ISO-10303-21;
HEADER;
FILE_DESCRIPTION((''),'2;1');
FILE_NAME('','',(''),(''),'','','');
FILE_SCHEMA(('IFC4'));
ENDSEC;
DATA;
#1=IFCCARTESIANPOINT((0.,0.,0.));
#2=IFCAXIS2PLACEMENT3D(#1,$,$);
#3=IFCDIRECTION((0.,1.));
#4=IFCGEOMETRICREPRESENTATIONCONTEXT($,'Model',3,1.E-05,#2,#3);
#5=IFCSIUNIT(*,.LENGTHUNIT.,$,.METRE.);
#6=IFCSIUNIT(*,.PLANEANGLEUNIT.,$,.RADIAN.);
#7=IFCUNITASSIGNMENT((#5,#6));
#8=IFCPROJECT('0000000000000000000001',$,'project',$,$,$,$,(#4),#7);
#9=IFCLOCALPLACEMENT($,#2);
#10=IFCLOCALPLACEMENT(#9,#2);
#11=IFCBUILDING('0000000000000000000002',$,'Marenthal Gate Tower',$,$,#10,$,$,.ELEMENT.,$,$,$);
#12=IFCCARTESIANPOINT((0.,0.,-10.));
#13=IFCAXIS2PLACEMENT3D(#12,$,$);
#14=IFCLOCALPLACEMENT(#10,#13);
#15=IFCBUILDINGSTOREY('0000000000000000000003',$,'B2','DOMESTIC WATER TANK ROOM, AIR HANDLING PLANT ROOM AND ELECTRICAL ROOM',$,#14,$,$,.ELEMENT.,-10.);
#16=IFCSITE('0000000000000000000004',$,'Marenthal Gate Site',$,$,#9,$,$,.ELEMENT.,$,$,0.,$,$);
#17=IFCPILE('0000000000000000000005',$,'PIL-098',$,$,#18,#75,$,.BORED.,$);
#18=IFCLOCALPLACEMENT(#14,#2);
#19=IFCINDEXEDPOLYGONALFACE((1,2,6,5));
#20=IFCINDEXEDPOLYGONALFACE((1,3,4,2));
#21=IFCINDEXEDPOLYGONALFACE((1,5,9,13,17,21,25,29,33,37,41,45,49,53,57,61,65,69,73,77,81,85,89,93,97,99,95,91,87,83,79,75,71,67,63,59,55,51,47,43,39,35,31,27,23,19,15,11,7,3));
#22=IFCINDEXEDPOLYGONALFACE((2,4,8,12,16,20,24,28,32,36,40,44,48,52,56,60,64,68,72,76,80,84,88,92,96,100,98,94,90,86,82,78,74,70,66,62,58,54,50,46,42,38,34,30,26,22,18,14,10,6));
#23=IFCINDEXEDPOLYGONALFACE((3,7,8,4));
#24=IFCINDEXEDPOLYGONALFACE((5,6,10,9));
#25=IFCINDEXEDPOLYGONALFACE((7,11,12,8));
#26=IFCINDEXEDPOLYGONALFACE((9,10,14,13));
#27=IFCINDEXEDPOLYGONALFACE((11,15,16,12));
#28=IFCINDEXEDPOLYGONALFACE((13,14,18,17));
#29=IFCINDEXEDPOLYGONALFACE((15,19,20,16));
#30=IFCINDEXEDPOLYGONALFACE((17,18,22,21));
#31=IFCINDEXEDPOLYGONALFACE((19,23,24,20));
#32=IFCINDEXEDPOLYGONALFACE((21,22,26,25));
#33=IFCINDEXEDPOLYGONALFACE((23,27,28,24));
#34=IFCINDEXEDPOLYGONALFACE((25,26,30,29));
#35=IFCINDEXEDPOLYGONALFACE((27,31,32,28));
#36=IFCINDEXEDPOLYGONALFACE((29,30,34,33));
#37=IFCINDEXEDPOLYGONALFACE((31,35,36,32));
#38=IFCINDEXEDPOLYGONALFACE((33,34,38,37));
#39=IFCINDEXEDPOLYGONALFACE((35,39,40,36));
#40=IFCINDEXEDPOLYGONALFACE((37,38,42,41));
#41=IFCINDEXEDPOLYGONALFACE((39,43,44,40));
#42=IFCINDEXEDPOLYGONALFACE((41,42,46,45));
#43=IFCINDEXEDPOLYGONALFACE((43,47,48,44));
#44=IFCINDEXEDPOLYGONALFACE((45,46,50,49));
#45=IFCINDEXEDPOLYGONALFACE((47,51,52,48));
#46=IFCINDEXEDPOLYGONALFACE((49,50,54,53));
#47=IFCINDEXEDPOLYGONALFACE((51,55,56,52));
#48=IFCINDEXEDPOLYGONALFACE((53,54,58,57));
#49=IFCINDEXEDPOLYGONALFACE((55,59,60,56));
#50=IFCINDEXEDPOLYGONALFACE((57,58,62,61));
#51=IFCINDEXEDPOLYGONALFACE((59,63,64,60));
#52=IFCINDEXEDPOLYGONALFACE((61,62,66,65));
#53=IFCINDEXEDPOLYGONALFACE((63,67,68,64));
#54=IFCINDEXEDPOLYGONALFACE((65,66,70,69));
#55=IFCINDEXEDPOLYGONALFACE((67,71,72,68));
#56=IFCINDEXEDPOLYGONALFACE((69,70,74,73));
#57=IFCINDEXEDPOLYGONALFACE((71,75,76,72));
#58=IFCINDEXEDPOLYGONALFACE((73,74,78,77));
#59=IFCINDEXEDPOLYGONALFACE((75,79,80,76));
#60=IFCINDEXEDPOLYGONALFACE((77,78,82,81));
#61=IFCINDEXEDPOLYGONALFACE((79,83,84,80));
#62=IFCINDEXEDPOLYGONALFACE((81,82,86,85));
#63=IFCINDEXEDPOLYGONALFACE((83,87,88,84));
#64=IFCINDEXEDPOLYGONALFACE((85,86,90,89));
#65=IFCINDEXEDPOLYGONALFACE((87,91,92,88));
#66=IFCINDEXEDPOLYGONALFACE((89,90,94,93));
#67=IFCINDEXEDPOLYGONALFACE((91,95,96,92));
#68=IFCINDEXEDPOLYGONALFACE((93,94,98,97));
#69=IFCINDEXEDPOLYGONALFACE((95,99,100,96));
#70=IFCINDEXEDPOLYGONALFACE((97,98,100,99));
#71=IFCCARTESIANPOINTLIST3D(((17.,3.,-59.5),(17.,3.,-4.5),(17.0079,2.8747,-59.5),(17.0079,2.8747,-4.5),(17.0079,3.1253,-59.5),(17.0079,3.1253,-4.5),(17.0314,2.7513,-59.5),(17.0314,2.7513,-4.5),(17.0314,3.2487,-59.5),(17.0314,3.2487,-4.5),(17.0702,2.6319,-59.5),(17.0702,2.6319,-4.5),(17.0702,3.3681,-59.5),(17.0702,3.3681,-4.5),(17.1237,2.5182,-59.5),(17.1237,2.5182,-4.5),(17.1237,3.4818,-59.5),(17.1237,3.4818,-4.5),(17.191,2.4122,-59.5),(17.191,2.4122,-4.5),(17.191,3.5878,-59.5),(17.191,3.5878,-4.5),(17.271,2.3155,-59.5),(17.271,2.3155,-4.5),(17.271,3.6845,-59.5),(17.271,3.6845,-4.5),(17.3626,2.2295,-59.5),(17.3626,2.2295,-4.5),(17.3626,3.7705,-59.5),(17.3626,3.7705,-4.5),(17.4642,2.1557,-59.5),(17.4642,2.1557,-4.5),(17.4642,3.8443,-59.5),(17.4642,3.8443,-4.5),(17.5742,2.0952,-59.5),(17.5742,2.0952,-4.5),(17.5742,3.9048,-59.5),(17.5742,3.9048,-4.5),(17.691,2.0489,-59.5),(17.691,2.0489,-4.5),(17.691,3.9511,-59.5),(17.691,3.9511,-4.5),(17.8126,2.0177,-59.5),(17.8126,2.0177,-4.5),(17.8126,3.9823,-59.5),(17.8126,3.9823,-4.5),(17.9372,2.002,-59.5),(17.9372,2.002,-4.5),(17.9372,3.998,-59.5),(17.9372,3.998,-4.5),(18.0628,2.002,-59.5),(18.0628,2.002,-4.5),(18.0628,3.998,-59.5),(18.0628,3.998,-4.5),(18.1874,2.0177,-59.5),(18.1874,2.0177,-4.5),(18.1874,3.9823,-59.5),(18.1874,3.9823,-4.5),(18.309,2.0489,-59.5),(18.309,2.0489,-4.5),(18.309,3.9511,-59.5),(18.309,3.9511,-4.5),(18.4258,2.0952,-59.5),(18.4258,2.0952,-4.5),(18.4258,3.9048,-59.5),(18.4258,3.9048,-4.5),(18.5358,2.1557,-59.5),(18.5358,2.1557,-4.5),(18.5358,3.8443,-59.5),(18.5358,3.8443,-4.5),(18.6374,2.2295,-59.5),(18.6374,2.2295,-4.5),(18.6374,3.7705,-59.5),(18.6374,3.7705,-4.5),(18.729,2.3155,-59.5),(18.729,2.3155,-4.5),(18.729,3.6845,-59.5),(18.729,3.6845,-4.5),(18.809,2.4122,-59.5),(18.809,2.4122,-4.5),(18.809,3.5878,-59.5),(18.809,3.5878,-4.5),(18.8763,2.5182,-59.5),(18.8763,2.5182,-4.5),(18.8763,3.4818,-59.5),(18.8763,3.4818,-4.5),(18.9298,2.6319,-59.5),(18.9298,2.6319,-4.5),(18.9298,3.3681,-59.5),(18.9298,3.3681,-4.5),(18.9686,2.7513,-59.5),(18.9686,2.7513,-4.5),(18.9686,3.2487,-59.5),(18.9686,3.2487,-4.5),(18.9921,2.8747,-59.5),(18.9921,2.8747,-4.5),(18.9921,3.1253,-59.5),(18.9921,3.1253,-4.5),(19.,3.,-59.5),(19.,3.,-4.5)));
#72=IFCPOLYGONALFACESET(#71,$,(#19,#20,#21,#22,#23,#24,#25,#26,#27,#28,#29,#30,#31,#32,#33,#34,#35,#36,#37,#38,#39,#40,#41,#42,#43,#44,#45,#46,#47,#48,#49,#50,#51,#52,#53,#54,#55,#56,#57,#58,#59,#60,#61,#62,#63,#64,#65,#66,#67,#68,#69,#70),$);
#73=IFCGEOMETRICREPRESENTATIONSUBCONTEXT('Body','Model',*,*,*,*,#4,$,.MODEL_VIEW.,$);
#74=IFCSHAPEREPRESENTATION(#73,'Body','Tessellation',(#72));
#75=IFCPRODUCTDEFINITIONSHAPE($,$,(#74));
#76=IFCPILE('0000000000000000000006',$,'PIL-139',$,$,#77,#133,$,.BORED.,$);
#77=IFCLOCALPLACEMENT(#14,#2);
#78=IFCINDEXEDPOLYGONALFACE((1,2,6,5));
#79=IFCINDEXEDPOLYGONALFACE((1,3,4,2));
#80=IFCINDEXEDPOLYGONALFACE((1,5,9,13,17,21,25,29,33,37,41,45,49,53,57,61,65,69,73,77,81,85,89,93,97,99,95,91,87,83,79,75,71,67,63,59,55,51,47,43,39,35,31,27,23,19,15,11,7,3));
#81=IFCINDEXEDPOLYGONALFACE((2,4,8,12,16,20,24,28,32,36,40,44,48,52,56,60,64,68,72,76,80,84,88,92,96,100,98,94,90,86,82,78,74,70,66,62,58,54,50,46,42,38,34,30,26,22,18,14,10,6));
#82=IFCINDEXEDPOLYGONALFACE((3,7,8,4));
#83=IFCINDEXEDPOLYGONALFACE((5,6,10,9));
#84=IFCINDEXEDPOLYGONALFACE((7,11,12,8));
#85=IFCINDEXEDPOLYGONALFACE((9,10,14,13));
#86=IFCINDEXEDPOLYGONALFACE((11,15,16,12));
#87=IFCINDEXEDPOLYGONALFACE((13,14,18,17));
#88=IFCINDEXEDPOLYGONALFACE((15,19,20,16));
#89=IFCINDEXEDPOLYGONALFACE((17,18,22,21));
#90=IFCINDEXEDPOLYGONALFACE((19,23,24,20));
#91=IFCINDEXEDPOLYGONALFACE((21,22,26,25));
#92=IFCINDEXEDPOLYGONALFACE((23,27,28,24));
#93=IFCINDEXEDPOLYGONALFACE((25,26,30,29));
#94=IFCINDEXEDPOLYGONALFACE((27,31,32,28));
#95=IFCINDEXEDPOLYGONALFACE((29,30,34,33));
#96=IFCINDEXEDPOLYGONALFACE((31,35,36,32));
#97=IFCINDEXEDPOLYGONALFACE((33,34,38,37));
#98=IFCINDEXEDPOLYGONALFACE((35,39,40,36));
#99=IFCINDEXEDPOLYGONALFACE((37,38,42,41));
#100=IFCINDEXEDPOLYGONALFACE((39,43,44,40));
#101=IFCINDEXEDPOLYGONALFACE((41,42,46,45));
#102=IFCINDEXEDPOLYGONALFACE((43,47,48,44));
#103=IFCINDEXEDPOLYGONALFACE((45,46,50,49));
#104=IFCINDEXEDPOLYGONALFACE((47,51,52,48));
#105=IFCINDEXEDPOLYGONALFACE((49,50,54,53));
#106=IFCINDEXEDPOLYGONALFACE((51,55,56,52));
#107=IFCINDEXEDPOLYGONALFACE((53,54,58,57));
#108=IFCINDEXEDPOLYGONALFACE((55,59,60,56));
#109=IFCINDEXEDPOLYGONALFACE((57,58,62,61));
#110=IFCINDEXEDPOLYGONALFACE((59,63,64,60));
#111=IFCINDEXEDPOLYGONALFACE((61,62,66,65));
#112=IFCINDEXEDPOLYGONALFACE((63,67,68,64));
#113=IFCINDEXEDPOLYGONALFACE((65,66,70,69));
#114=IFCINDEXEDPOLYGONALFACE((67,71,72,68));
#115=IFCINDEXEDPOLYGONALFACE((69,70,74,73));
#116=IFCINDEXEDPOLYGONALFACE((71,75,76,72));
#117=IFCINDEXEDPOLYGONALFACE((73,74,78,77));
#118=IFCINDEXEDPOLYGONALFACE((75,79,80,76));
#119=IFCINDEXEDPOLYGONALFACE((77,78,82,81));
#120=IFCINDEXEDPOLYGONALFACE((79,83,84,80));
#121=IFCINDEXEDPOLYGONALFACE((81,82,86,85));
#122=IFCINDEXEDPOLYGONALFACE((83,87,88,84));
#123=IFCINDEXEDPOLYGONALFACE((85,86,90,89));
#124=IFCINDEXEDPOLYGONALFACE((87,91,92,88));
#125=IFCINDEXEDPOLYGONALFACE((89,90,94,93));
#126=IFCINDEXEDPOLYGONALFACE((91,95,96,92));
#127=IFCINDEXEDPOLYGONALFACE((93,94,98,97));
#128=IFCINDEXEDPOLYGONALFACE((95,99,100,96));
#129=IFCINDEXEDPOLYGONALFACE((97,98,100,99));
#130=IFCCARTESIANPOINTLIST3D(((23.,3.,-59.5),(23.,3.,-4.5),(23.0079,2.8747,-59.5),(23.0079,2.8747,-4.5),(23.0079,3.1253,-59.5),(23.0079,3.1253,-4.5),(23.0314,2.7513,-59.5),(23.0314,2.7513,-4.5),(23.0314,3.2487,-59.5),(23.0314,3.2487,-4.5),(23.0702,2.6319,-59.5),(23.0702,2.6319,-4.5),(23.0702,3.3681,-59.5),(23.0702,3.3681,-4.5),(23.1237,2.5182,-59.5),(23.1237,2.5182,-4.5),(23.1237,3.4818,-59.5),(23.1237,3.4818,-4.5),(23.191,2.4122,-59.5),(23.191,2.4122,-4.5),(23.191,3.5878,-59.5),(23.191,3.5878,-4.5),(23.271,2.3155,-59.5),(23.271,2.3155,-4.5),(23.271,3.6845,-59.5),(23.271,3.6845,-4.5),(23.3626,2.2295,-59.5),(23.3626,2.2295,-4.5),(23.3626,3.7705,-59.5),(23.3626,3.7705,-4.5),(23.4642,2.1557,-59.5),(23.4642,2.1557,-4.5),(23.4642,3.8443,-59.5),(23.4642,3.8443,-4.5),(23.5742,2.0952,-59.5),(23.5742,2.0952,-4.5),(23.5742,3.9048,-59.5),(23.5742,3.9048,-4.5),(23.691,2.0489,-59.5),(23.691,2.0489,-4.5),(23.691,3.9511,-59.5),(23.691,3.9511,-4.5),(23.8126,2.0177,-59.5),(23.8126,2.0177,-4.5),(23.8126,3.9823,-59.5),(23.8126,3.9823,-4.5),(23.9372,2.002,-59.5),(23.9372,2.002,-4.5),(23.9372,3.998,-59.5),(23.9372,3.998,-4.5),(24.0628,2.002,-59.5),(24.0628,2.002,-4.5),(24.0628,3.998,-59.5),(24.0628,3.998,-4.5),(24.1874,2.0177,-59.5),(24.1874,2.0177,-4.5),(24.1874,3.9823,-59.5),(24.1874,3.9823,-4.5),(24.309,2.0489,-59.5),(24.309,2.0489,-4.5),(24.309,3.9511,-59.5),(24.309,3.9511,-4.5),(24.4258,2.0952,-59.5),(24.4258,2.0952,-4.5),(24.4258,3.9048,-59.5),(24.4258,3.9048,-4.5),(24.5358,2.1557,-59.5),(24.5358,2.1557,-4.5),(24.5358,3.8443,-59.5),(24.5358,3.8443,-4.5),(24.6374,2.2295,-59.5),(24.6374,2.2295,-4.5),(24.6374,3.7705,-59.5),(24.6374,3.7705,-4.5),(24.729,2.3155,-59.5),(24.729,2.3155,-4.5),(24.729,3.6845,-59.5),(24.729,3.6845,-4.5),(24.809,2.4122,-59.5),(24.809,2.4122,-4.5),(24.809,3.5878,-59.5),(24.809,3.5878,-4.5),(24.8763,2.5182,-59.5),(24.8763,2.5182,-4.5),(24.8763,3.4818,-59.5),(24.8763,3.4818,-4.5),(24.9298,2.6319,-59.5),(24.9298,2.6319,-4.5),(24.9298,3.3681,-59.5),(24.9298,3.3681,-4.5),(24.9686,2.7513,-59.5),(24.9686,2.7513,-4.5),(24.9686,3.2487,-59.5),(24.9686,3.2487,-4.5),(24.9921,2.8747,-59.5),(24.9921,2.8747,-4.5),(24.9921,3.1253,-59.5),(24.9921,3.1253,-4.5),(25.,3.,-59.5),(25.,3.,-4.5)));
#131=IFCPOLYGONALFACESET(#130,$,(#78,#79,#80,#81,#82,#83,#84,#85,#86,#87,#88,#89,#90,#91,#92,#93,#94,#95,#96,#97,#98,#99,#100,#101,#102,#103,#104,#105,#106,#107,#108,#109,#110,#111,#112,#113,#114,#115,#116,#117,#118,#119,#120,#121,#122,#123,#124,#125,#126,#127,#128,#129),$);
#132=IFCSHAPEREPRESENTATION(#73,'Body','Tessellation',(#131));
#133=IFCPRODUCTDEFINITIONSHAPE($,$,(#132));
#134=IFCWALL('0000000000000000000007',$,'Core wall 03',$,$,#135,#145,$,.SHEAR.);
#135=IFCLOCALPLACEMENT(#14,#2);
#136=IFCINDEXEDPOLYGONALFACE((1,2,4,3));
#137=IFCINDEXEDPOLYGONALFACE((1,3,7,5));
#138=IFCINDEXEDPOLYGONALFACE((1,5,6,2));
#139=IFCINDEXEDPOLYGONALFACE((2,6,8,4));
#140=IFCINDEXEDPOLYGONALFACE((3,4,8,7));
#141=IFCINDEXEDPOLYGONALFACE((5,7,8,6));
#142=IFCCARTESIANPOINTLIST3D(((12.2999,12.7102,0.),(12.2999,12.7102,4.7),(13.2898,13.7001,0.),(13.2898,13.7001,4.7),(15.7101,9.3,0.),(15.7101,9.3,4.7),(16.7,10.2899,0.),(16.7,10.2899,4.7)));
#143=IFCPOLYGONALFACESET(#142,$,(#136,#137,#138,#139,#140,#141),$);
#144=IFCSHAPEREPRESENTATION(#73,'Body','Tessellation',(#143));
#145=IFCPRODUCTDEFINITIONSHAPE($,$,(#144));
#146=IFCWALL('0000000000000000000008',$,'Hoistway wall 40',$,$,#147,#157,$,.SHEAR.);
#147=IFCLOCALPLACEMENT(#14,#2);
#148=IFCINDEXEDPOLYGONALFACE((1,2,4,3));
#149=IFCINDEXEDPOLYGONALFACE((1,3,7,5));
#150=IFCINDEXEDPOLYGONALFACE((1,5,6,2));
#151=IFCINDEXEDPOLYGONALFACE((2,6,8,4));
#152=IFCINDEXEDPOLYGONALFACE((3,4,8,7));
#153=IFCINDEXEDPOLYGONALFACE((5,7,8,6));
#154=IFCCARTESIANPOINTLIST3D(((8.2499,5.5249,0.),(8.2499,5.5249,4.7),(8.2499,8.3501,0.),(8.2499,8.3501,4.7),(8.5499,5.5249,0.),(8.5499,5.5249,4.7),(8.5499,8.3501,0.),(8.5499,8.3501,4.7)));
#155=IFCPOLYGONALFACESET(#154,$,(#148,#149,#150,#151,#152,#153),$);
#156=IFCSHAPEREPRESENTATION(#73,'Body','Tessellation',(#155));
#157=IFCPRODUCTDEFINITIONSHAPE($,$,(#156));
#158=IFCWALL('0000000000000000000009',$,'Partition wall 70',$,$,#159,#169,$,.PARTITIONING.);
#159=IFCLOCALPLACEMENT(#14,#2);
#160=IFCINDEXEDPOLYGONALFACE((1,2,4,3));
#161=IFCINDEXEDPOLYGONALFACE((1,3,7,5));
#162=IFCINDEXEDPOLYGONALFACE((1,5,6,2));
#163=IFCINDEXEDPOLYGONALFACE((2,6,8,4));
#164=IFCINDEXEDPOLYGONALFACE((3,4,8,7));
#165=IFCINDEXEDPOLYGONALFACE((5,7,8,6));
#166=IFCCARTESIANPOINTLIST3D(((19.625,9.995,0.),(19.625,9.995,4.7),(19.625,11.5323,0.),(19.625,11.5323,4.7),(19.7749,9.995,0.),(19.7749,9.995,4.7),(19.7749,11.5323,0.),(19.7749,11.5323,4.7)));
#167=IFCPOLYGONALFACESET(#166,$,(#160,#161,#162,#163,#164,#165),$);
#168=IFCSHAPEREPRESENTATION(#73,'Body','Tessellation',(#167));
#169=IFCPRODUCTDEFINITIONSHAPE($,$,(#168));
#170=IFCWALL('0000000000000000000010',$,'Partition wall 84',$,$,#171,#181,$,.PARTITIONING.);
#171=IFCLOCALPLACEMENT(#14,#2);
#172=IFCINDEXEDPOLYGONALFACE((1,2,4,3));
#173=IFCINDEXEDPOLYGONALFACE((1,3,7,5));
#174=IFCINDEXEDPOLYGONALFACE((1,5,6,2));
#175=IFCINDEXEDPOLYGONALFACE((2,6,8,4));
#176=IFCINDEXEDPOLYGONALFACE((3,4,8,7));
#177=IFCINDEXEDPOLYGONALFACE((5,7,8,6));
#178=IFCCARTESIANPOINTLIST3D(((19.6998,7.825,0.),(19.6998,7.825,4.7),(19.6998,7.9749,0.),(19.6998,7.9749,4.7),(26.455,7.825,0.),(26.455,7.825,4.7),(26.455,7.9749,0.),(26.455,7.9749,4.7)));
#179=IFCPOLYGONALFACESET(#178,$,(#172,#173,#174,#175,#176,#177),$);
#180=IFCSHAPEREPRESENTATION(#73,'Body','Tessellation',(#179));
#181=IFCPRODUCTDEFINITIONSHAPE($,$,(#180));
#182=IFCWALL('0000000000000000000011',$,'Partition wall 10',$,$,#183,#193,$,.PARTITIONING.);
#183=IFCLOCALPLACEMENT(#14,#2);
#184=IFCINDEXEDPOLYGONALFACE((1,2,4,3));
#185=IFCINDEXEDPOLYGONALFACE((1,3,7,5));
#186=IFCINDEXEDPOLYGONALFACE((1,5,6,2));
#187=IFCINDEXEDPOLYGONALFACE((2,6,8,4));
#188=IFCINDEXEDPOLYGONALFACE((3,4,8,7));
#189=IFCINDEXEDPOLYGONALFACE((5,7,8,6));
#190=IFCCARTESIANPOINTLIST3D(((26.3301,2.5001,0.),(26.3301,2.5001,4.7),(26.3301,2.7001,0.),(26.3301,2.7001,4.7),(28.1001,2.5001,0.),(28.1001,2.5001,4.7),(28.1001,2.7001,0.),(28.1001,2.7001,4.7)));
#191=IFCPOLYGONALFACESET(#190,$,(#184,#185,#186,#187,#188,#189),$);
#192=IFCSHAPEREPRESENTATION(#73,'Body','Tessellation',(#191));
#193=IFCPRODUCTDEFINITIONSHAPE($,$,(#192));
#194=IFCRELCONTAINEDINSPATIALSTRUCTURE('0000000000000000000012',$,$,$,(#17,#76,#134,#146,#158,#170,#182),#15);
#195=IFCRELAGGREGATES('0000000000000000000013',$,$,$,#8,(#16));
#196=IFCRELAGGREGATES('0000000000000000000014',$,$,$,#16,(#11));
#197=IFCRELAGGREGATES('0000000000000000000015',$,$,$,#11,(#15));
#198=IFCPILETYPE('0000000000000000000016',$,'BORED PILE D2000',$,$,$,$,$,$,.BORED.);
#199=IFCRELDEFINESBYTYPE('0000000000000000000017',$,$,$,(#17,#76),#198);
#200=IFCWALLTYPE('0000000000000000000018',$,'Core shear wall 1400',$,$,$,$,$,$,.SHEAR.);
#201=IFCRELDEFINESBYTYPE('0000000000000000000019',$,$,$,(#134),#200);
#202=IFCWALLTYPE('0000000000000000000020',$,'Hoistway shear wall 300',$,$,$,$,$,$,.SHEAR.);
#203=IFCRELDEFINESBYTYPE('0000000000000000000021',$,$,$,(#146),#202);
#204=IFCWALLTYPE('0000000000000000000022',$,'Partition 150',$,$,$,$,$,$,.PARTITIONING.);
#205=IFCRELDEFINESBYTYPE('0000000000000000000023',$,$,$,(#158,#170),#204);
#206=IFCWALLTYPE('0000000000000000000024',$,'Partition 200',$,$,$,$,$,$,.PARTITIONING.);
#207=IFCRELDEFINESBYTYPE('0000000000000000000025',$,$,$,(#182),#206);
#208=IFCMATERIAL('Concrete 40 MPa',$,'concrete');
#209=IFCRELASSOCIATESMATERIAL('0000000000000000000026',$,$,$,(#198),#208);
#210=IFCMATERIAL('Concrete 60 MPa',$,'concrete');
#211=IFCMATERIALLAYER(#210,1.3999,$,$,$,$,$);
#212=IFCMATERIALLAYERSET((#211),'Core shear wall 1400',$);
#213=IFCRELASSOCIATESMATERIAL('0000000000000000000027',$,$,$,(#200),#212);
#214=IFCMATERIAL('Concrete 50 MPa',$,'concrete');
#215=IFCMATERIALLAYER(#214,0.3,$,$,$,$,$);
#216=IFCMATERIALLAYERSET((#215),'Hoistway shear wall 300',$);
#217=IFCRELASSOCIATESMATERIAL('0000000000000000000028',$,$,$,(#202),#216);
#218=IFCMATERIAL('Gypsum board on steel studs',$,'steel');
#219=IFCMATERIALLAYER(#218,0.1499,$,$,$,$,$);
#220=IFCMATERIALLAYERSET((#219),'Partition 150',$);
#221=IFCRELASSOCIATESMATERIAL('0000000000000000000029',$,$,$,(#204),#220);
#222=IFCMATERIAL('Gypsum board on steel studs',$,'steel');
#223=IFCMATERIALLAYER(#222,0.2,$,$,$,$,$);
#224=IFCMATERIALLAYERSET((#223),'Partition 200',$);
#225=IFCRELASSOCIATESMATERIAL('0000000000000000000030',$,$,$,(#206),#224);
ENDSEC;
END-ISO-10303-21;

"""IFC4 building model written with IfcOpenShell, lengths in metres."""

from ifc_helpers import new_model, si_unit, direction, frame, frame_2d, origin, origin_2d, place, context, subcontext, project, spatial, rectangle, circle, extrude, material, layer, layer_set, type_object, element, save


model = new_model("IFC4")

# Units and contexts
model_context = context("Model", 3, precision=1e-05, world=origin(), true_north=direction((0.0, 1.0)))
body_context = subcontext(model_context, "Body", "Model", "MODEL_VIEW")
ifc_project = project(units=[si_unit("LENGTHUNIT", "METRE"), si_unit("PLANEANGLEUNIT", "RADIAN")], contexts=[model_context])

# Site, building, storey
site_placement = place(None, origin())
site = spatial("IfcSite", under=ifc_project, at=site_placement, Name="Marenthal Gate Site", CompositionType="ELEMENT", RefElevation=0.0)
building_placement = place(site_placement, origin())
building = spatial("IfcBuilding", under=site, at=building_placement, Name="Marenthal Gate Tower", CompositionType="ELEMENT")
storey_placement = place(building_placement, frame((0.0, 0.0, -10.0)))
storey = spatial("IfcBuildingStorey", under=building, at=storey_placement, Name="B2", Description="DOMESTIC WATER TANK ROOM, AIR HANDLING PLANT ROOM AND ELECTRICAL ROOM", CompositionType="ELEMENT", Elevation=-10.0)

# Piles
ifc_material_1 = material(Name="Concrete 40 MPa", Category="concrete")
pile_type = type_object("IfcPileType", Name="BORED PILE D2000", PredefinedType="BORED", material=ifc_material_1)
for number, where, z_axis, x_axis, name in (
    (1, (18.0, 3.0, -4.5), (0.0, 0.0, -1.0), (1.0, 0.0, 0.0), "PIL-098"),
    (2, (24.0, 3.0, -4.5), (0.0, 0.0, -1.0), (1.0, 0.0, 0.0), "PIL-139"),
):
    element("IfcPile", number, at=place(storey_placement, frame(where, z_axis=z_axis, x_axis=x_axis)), inside=storey, type_object=pile_type, Name=name, PredefinedType="BORED", context=body_context, shape_type="SweptSolid", body=[
        extrude(circle(Radius=1.0, at=origin_2d()), origin(), (0.0, 0.0, 1.0), 55.0),
    ])

# Walls
ifc_material_2 = material(Name="Concrete 60 MPa", Category="concrete")
ifc_layer_1 = layer(ifc_material_2, 1.3999)
ifc_layer_set_1 = layer_set([ifc_layer_1], Name="Core shear wall 1400")
wall_type_1 = type_object("IfcWallType", Name="Core shear wall 1400", PredefinedType="SHEAR", material=ifc_layer_set_1)
wall_1_placement = place(storey_placement, frame((16.2051, 9.7949, 0.0), z_axis=(0.0, 0.0, 1.0), x_axis=(-0.707107, 0.707107, 0.0)))
element("IfcWall", 3, at=wall_1_placement, inside=storey, type_object=wall_type_1, Name="Core wall 03", PredefinedType="SHEAR", context=body_context, shape_type="SweptSolid", body=[
    extrude(rectangle(XDim=4.8228, YDim=1.3999, at=frame_2d((2.4114, 0.0))), origin(), (0.0, 0.0, 1.0), 4.7),
])
ifc_material_3 = material(Name="Concrete 50 MPa", Category="concrete")
ifc_layer_2 = layer(ifc_material_3, 0.3)
ifc_layer_set_2 = layer_set([ifc_layer_2], Name="Hoistway shear wall 300")
wall_type_2 = type_object("IfcWallType", Name="Hoistway shear wall 300", PredefinedType="SHEAR", material=ifc_layer_set_2)
wall_2_placement = place(storey_placement, frame((8.3999, 5.5249, 0.0), z_axis=(0.0, 0.0, 1.0), x_axis=(0.0, 1.0, 0.0)))
element("IfcWall", 4, at=wall_2_placement, inside=storey, type_object=wall_type_2, Name="Hoistway wall 40", PredefinedType="SHEAR", context=body_context, shape_type="SweptSolid", body=[
    extrude(rectangle(XDim=2.8252, YDim=0.3, at=frame_2d((1.4126, 0.0))), origin(), (0.0, 0.0, 1.0), 4.7),
])
ifc_material_4 = material(Name="Gypsum board on steel studs", Category="steel")
ifc_layer_3 = layer(ifc_material_4, 0.1499)
ifc_layer_set_3 = layer_set([ifc_layer_3], Name="Partition 150")
wall_type_3 = type_object("IfcWallType", Name="Partition 150", PredefinedType="PARTITIONING", material=ifc_layer_set_3)
wall_3_placement = place(storey_placement, frame((19.7, 9.9951, 0.0), z_axis=(0.0, 0.0, 1.0), x_axis=(0.0, 1.0, 0.0)))
element("IfcWall", 5, at=wall_3_placement, inside=storey, type_object=wall_type_3, Name="Partition wall 70", PredefinedType="PARTITIONING", context=body_context, shape_type="SweptSolid", body=[
    extrude(rectangle(XDim=1.5374, YDim=0.1499, at=frame_2d((0.7686, 0.0))), origin(), (0.0, 0.0, 1.0), 4.7),
])
wall_4_placement = place(storey_placement, frame((19.7, 7.8999, 0.0), z_axis=(0.0, 0.0, 1.0), x_axis=(1.0, 0.0, 0.0)))
element("IfcWall", 6, at=wall_4_placement, inside=storey, type_object=wall_type_3, Name="Partition wall 84", PredefinedType="PARTITIONING", context=body_context, shape_type="SweptSolid", body=[
    extrude(rectangle(XDim=6.7551, YDim=0.1499, at=frame_2d((3.3774, 0.0))), origin(), (0.0, 0.0, 1.0), 4.7),
])
ifc_material_5 = material(Name="Gypsum board on steel studs", Category="steel")
ifc_layer_4 = layer(ifc_material_5, 0.2)
ifc_layer_set_4 = layer_set([ifc_layer_4], Name="Partition 200")
wall_type_4 = type_object("IfcWallType", Name="Partition 200", PredefinedType="PARTITIONING", material=ifc_layer_set_4)
wall_5_placement = place(storey_placement, frame((26.3301, 2.6001, 0.0), z_axis=(0.0, 0.0, 1.0), x_axis=(1.0, 0.0, 0.0)))
element("IfcWall", 7, at=wall_5_placement, inside=storey, type_object=wall_type_4, Name="Partition wall 10", PredefinedType="PARTITIONING", context=body_context, shape_type="SweptSolid", body=[
    extrude(rectangle(XDim=1.77, YDim=0.2, at=frame_2d((0.885, 0.0))), origin(), (0.0, 0.0, 1.0), 4.7),
])

save(model, "model.ifc")
